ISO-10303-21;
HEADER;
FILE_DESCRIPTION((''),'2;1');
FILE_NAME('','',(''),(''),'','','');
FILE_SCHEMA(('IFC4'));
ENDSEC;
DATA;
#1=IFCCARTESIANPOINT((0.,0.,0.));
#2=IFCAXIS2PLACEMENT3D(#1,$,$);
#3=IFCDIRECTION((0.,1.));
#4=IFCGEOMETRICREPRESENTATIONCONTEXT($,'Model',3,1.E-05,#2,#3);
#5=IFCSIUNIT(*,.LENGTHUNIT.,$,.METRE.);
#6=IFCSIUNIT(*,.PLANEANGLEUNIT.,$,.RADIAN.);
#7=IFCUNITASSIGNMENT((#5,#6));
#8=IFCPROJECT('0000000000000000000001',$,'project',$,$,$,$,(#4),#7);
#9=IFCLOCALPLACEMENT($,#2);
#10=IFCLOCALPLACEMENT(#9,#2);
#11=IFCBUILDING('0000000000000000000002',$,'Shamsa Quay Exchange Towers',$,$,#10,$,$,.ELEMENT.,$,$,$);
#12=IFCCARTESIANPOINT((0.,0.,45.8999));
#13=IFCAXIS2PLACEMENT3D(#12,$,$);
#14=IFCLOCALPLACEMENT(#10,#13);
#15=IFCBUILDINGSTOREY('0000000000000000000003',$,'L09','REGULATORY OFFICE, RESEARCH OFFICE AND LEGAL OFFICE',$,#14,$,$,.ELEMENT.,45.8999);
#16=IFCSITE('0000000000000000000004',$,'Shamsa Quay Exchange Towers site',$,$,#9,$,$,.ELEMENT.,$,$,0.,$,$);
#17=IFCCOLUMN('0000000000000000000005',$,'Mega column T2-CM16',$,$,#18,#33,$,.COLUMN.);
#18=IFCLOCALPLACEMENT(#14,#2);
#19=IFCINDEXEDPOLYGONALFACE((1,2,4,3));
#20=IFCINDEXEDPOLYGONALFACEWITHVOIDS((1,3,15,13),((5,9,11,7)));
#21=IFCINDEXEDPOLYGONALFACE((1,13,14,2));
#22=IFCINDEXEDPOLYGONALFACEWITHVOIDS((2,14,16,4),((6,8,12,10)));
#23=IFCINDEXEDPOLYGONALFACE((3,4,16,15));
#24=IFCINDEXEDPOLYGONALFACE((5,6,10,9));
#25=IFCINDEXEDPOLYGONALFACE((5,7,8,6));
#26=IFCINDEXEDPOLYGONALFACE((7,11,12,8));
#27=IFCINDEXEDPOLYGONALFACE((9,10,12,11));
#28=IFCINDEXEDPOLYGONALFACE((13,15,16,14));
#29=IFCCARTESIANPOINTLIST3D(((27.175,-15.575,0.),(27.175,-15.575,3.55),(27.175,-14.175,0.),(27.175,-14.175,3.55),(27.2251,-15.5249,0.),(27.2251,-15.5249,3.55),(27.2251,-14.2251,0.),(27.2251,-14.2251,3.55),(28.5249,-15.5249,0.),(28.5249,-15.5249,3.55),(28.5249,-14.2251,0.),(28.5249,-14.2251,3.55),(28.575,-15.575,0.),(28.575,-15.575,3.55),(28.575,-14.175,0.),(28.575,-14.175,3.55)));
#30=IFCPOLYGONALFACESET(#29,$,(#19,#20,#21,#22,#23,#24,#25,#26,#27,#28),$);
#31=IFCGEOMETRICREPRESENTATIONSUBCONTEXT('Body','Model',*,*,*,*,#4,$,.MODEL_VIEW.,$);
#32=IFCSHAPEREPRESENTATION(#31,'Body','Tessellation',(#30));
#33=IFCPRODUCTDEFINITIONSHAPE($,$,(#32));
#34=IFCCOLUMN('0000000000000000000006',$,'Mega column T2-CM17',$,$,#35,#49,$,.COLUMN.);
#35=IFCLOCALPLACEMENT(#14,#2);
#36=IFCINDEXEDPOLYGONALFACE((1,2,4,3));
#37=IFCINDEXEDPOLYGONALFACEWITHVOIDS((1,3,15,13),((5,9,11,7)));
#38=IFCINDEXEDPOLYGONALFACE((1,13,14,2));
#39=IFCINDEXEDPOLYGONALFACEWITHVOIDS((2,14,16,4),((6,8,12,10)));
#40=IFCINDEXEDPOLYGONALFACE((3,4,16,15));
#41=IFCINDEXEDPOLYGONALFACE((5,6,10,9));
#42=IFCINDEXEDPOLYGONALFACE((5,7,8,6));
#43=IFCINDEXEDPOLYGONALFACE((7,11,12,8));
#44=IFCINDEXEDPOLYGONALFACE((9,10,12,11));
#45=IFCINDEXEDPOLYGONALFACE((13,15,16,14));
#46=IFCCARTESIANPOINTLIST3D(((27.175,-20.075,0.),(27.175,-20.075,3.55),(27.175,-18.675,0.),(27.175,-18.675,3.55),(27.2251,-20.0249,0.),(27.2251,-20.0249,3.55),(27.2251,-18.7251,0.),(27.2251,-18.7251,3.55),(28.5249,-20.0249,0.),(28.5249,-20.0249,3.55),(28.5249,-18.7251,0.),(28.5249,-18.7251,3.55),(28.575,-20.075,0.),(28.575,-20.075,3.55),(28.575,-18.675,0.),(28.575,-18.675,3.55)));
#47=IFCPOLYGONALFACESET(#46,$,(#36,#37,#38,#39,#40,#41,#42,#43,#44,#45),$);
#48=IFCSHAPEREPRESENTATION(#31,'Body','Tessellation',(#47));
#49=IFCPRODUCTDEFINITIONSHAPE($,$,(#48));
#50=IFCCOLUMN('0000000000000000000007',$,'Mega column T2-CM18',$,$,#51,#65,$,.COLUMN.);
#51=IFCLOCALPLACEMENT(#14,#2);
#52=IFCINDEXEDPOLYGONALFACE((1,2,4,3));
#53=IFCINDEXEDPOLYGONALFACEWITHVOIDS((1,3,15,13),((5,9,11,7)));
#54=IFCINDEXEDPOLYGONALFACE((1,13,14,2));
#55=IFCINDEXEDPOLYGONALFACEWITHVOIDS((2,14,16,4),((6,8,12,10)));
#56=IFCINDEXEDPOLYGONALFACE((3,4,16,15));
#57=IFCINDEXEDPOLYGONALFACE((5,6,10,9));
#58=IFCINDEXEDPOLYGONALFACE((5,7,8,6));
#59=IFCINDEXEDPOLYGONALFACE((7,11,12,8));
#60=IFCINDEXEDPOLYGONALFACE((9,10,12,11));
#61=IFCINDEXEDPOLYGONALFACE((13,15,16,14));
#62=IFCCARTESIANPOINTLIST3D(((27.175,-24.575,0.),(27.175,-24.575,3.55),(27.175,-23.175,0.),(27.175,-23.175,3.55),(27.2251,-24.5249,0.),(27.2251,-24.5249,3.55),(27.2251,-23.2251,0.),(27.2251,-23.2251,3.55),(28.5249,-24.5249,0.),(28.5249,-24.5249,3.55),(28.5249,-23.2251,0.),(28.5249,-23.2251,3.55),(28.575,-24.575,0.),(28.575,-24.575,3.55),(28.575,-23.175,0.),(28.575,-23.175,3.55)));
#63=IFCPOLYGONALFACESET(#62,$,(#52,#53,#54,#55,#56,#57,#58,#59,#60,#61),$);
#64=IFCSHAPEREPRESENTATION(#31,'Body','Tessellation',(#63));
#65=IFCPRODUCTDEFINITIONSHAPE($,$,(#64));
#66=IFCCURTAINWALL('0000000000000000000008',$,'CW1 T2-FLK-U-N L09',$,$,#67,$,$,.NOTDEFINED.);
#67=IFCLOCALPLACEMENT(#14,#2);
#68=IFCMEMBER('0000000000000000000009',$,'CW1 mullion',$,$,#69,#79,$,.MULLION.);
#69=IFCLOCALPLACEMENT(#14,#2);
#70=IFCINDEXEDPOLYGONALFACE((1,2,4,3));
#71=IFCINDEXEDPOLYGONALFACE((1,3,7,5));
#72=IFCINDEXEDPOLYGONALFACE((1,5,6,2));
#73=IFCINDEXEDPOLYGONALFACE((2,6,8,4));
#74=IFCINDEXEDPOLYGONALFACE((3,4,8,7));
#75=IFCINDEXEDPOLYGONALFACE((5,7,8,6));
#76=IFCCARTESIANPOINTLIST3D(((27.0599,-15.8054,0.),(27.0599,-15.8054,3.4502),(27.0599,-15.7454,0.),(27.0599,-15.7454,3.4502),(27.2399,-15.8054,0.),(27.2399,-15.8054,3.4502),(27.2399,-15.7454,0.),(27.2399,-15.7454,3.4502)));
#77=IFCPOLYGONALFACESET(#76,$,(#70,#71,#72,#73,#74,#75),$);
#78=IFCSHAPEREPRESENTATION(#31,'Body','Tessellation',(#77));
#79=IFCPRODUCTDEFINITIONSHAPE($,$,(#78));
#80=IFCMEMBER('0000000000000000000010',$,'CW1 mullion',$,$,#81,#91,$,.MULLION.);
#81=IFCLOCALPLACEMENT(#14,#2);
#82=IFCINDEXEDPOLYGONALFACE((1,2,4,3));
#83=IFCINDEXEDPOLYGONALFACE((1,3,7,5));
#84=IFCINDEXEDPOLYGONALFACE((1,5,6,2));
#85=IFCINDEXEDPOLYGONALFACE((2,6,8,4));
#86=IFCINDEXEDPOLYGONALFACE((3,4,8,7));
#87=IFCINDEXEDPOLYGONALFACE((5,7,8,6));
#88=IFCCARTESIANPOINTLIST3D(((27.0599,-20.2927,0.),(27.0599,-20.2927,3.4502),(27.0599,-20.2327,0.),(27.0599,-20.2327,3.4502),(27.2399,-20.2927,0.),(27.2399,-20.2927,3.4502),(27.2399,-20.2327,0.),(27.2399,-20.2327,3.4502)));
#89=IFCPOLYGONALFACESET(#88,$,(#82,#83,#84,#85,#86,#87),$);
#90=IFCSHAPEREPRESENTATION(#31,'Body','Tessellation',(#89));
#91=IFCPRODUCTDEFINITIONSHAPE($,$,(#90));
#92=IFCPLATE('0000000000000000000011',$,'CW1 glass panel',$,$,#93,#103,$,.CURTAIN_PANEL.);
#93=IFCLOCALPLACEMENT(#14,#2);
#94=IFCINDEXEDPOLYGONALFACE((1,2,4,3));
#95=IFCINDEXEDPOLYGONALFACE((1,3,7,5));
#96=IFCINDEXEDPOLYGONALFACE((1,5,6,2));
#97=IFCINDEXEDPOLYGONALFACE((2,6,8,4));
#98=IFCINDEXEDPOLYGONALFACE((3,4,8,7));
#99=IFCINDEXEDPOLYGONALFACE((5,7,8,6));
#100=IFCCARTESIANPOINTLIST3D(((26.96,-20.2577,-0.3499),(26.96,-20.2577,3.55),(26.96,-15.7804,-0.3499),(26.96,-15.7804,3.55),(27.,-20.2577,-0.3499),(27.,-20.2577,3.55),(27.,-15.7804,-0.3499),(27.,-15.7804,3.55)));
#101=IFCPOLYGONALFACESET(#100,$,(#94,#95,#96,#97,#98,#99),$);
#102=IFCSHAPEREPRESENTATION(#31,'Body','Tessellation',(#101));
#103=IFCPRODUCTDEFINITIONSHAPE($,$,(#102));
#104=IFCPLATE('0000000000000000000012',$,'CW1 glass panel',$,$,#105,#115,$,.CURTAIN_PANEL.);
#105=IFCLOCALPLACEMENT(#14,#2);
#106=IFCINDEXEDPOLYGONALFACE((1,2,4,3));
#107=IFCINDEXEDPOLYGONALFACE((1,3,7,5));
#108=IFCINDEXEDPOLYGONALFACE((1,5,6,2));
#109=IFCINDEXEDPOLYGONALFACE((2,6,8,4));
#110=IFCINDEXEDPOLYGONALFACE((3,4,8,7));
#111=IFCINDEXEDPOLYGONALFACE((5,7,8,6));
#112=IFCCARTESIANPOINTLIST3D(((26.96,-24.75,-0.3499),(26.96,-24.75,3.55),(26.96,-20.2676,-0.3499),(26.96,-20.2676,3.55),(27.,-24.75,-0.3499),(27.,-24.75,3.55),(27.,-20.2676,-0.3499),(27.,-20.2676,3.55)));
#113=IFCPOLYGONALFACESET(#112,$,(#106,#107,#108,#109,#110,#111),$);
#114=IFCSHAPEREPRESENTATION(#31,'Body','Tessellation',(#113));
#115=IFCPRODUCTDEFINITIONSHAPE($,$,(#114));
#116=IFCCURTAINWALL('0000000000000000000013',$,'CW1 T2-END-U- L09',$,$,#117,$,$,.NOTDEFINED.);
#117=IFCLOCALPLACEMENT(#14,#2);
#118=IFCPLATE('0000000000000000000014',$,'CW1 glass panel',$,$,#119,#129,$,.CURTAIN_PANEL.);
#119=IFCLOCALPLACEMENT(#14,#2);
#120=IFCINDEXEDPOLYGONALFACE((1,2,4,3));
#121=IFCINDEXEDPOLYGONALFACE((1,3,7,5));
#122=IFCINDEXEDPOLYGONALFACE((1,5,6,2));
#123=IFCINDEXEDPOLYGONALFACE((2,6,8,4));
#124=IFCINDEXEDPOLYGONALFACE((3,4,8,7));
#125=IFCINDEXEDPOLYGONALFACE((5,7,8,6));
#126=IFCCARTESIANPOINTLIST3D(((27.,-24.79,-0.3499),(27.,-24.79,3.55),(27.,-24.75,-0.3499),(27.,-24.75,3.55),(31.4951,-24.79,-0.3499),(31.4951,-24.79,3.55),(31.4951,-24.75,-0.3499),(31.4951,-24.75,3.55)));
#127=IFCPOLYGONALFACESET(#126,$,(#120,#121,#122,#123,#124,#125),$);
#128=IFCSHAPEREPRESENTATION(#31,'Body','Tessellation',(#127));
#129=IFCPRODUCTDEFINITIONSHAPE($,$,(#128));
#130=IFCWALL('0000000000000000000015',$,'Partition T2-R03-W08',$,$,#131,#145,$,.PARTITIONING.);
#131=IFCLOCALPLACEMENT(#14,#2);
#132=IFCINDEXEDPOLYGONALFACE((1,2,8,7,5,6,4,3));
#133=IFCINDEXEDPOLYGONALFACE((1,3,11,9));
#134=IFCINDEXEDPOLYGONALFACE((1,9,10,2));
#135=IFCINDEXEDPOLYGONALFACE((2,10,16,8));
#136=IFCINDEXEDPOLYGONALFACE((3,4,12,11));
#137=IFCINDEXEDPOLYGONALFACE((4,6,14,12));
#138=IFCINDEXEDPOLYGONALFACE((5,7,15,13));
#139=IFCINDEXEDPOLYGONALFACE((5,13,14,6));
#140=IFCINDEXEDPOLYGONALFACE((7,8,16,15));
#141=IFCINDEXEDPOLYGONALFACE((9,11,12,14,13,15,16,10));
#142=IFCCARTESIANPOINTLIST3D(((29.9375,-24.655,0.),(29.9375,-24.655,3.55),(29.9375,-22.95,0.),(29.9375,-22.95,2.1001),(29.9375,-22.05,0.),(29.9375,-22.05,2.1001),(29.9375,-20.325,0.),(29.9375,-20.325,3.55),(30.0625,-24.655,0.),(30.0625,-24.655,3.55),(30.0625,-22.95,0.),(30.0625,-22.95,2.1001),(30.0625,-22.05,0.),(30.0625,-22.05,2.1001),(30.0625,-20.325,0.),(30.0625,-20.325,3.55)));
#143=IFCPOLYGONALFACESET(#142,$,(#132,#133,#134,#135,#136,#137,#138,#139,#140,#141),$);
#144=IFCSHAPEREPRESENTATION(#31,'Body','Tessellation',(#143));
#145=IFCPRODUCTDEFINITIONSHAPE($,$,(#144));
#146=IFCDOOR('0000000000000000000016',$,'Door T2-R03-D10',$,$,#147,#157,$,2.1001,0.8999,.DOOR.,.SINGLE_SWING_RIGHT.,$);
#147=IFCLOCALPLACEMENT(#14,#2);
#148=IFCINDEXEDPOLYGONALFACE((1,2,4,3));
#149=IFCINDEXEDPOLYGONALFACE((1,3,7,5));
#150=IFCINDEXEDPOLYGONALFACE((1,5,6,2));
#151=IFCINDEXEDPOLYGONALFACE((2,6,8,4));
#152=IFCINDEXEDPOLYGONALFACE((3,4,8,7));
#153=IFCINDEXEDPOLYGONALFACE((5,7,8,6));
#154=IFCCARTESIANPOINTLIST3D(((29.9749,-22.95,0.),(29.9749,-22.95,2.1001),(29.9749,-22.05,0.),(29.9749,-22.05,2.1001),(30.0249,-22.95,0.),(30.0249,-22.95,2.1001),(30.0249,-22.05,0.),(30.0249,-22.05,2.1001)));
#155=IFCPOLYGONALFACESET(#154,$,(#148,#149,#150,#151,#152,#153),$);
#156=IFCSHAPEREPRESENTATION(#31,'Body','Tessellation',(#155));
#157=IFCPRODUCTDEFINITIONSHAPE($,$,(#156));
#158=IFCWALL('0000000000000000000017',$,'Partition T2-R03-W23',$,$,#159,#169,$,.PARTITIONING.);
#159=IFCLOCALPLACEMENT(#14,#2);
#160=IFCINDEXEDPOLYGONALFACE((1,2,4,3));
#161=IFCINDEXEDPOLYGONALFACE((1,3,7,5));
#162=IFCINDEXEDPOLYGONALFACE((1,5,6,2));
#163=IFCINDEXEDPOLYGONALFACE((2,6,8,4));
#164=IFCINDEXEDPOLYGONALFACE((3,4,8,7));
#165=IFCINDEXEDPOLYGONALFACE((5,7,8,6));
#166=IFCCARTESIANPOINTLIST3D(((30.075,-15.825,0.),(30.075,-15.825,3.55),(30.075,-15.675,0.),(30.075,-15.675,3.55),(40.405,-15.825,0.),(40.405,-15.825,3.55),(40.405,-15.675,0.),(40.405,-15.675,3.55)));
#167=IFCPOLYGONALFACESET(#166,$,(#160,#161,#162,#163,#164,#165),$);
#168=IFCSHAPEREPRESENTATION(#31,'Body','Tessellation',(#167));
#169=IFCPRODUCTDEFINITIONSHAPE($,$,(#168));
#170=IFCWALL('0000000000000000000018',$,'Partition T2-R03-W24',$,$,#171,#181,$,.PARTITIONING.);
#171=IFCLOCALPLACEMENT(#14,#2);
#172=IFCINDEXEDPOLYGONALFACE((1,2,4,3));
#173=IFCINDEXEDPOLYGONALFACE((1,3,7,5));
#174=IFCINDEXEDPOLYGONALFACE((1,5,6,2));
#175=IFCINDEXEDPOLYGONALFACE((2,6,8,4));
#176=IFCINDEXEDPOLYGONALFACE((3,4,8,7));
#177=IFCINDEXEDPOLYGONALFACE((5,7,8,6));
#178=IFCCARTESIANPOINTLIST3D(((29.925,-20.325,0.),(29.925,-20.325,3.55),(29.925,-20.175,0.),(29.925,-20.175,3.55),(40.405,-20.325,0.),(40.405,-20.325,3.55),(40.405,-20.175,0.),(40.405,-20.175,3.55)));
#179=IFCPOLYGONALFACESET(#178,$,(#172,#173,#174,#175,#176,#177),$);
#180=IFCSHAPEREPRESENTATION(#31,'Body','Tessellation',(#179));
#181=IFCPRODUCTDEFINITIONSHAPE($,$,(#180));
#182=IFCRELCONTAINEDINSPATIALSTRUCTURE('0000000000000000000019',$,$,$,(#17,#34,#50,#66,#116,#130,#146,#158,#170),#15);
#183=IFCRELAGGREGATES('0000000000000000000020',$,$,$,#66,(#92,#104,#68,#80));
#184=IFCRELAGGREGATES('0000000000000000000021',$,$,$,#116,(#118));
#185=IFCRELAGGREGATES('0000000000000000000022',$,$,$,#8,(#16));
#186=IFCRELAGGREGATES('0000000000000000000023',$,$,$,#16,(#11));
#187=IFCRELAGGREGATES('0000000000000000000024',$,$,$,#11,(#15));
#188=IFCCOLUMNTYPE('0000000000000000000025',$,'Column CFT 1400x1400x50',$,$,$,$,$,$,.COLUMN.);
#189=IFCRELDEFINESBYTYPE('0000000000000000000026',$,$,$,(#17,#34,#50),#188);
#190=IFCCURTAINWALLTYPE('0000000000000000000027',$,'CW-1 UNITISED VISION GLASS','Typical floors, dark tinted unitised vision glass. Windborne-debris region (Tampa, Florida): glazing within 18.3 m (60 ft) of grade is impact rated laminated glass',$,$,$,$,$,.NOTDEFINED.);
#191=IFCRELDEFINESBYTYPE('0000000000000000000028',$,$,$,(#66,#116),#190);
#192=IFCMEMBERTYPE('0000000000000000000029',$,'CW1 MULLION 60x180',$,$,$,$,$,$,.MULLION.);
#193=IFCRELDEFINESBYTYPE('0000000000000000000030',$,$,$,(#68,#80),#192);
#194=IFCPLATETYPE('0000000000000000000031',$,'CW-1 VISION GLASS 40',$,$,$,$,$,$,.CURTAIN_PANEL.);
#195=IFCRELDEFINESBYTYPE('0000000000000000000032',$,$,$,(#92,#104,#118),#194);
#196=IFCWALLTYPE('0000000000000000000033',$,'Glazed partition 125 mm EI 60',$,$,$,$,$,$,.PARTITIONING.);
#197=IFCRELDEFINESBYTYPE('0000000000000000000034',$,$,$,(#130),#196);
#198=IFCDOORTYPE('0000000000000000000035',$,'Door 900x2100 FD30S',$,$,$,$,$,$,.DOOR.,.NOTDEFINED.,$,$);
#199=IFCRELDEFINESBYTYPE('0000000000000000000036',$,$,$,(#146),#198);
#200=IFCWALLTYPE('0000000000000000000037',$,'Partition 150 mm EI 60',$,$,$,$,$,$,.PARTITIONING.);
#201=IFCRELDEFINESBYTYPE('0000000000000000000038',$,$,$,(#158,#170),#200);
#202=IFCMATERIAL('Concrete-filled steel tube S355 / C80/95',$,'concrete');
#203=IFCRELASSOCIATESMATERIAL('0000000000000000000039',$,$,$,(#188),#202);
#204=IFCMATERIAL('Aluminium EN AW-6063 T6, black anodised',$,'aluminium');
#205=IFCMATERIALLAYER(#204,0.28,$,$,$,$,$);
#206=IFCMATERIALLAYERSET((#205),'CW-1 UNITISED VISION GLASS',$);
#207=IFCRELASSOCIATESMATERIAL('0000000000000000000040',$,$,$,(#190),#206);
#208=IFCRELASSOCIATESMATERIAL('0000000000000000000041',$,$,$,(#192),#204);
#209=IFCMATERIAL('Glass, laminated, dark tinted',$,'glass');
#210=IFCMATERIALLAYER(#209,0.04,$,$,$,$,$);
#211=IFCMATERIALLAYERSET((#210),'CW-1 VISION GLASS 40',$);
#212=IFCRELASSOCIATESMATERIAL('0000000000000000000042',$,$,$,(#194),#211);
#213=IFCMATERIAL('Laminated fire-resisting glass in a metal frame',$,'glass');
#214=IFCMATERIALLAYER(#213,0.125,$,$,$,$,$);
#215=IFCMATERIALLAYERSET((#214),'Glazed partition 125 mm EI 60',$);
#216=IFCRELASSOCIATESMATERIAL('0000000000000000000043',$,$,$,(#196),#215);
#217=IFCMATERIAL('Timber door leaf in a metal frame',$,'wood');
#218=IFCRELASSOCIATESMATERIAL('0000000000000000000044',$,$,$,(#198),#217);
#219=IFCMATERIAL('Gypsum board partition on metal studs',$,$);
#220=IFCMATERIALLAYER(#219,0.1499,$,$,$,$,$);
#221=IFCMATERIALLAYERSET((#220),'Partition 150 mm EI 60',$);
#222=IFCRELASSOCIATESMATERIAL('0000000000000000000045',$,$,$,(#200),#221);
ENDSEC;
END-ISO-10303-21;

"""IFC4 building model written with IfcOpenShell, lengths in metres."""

from ifc_helpers import new_model, si_unit, direction, frame, frame_2d, origin, origin_2d, place, context, subcontext, project, spatial, rectangle, hollow_rectangle, extrude, material, layer, layer_set, material_profile, profile_set, type_object, element, fill, aggregate, save


model = new_model("IFC4")

# Units and contexts
model_context = context("Model", 3, precision=1e-05, world=origin(), true_north=direction((0.0, 1.0)))
body_context = subcontext(model_context, "Body", "Model", "MODEL_VIEW")
ifc_project = project(units=[si_unit("LENGTHUNIT", "METRE"), si_unit("PLANEANGLEUNIT", "RADIAN")], contexts=[model_context])

# Site, building, storey
site_placement = place(None, origin())
site = spatial("IfcSite", under=ifc_project, at=site_placement, Name="Shamsa Quay Exchange Towers site", CompositionType="ELEMENT", RefElevation=0.0)
building_placement = place(site_placement, origin())
building = spatial("IfcBuilding", under=site, at=building_placement, Name="Shamsa Quay Exchange Towers", CompositionType="ELEMENT")
storey_placement = place(building_placement, frame((0.0, 0.0, 45.8999)))
storey = spatial("IfcBuildingStorey", under=building, at=storey_placement, Name="L09", Description="REGULATORY OFFICE, RESEARCH OFFICE AND LEGAL OFFICE", CompositionType="ELEMENT", Elevation=45.8999)

# Columns
ifc_material_1 = material(Name="Concrete-filled steel tube S355 / C80/95", Category="concrete")
ifc_material_profile_1 = material_profile(ifc_material_1, hollow_rectangle(XDim=1.3999, YDim=1.3999, WallThickness=0.05, at=origin_2d()), Name="CFT 1400x1400x50")
ifc_profile_set_1 = profile_set([ifc_material_profile_1], Name="Concrete-filled steel tube S355 / C80/95")
column_type = type_object("IfcColumnType", Name="Column CFT 1400x1400x50", PredefinedType="COLUMN", material=ifc_profile_set_1)
for number, where, name in (
    (1, (27.875, -14.875, 0.0), "Mega column T2-CM16"),
    (2, (27.875, -19.375, 0.0), "Mega column T2-CM17"),
    (3, (27.875, -23.875, 0.0), "Mega column T2-CM18"),
):
    element("IfcColumn", number, at=place(storey_placement, frame(where)), inside=storey, type_object=column_type, Name=name, PredefinedType="COLUMN", context=body_context, shape_type="SweptSolid", body=[
        extrude(hollow_rectangle(XDim=1.3999, YDim=1.3999, WallThickness=0.05, at=origin_2d()), origin(), (0.0, 0.0, 1.0), 3.55),
    ])

# Curtain wall, members, plates
ifc_material_2 = material(Name="Aluminium EN AW-6063 T6, black anodised", Category="aluminium")
ifc_layer_1 = layer(ifc_material_2, 0.28)
ifc_layer_set_1 = layer_set([ifc_layer_1], Name="CW-1 UNITISED VISION GLASS")
curtain_wall_type = type_object("IfcCurtainWallType", Name="CW-1 UNITISED VISION GLASS", Description="Typical floors, dark tinted unitised vision glass. Windborne-debris region (Tampa, Florida): glazing within 18.3 m (60 ft) of grade is impact rated laminated glass", PredefinedType="NOTDEFINED", material=ifc_layer_set_1)
curtain_wall_1_placement = place(storey_placement, origin())
curtain_wall_1 = element("IfcCurtainWall", 4, at=curtain_wall_1_placement, inside=storey, type_object=curtain_wall_type, Name="CW1 T2-FLK-U-N L09", PredefinedType="NOTDEFINED")
ifc_material_profile_2 = material_profile(ifc_material_2, rectangle(XDim=0.1799, YDim=0.0601, at=origin_2d()), Name="MU60x180")
ifc_profile_set_2 = profile_set([ifc_material_profile_2], Name="Aluminium EN AW-6063 T6, black anodised")
member_type = type_object("IfcMemberType", Name="CW1 MULLION 60x180", PredefinedType="MULLION", material=ifc_profile_set_2)
member_1_placement = place(storey_placement, frame((27.1499, -15.7754, 0.0)))
member_1 = element("IfcMember", 5, at=member_1_placement, type_object=member_type, Name="CW1 mullion", PredefinedType="MULLION", context=body_context, shape_type="SweptSolid", body=[
    extrude(rectangle(XDim=0.1799, YDim=0.0601, at=origin_2d()), origin(), (0.0, 0.0, 1.0), 3.4502),
])
member_2_placement = place(storey_placement, frame((27.1499, -20.2627, 0.0)))
member_2 = element("IfcMember", 6, at=member_2_placement, type_object=member_type, Name="CW1 mullion", PredefinedType="MULLION", context=body_context, shape_type="SweptSolid", body=[
    extrude(rectangle(XDim=0.1799, YDim=0.0601, at=origin_2d()), origin(), (0.0, 0.0, 1.0), 3.4502),
])
ifc_material_3 = material(Name="Glass, laminated, dark tinted", Category="glass")
ifc_layer_2 = layer(ifc_material_3, 0.04)
ifc_layer_set_2 = layer_set([ifc_layer_2], Name="CW-1 VISION GLASS 40")
plate_type = type_object("IfcPlateType", Name="CW-1 VISION GLASS 40", PredefinedType="CURTAIN_PANEL", material=ifc_layer_set_2)
plate_1_placement = place(storey_placement, frame((26.98, -18.019, -0.3499), z_axis=(0.0, 0.0, 1.0), x_axis=(0.0, -1.0, 0.0)))
plate_1 = element("IfcPlate", 7, at=plate_1_placement, type_object=plate_type, Name="CW1 glass panel", PredefinedType="CURTAIN_PANEL", context=body_context, shape_type="SweptSolid", body=[
    extrude(rectangle(XDim=4.4773, YDim=0.04, at=origin_2d()), origin(), (0.0, 0.0, 1.0), 3.8999),
])
plate_2_placement = place(storey_placement, frame((26.98, -22.5088, -0.3499), z_axis=(0.0, 0.0, 1.0), x_axis=(0.0, -1.0, 0.0)))
plate_2 = element("IfcPlate", 8, at=plate_2_placement, type_object=plate_type, Name="CW1 glass panel", PredefinedType="CURTAIN_PANEL", context=body_context, shape_type="SweptSolid", body=[
    extrude(rectangle(XDim=4.4824, YDim=0.04, at=origin_2d()), origin(), (0.0, 0.0, 1.0), 3.8999),
])
aggregate(curtain_wall_1, [plate_1, plate_2, member_1, member_2])

# Curtain wall, plate
curtain_wall_2_placement = place(storey_placement, origin())
curtain_wall_2 = element("IfcCurtainWall", 9, at=curtain_wall_2_placement, inside=storey, type_object=curtain_wall_type, Name="CW1 T2-END-U- L09", PredefinedType="NOTDEFINED")
plate_3_placement = place(storey_placement, frame((29.2476, -24.77, -0.3499)))
plate_3 = element("IfcPlate", 10, at=plate_3_placement, type_object=plate_type, Name="CW1 glass panel", PredefinedType="CURTAIN_PANEL", context=body_context, shape_type="SweptSolid", body=[
    extrude(rectangle(XDim=4.4951, YDim=0.04, at=origin_2d()), origin(), (0.0, 0.0, 1.0), 3.8999),
])
aggregate(curtain_wall_2, [plate_3])

# Wall, opening, door
ifc_material_4 = material(Name="Laminated fire-resisting glass in a metal frame", Category="glass")
ifc_layer_3 = layer(ifc_material_4, 0.125)
ifc_layer_set_3 = layer_set([ifc_layer_3], Name="Glazed partition 125 mm EI 60")
wall_type_1 = type_object("IfcWallType", Name="Glazed partition 125 mm EI 60", PredefinedType="PARTITIONING", material=ifc_layer_set_3)
wall_1_placement = place(storey_placement, frame((30.0, -20.325, 0.0), z_axis=(0.0, 0.0, 1.0), x_axis=(0.0, -1.0, 0.0)))
wall_1 = element("IfcWall", 11, at=wall_1_placement, inside=storey, type_object=wall_type_1, Name="Partition T2-R03-W08", PredefinedType="PARTITIONING", context=body_context, shape_type="SweptSolid", body=[
    extrude(rectangle(XDim=4.3301, YDim=0.125, at=frame_2d((2.165, 0.0))), origin(), (0.0, 0.0, 1.0), 3.55),
])
opening_placement = place(wall_1_placement, frame((1.7251, 0.0, 0.0)))
opening = element("IfcOpeningElement", 12, at=opening_placement, cuts=wall_1, PredefinedType="OPENING", context=body_context, shape_type="SweptSolid", body=[
    extrude(rectangle(XDim=0.8999, YDim=2.1001, at=frame_2d((0.45, 1.05))), frame((0.0, 0.0725, 0.0), z_axis=(0.0, -1.0, 0.0), x_axis=(1.0, 0.0, 0.0)), (0.0, 0.0, 1.0), 0.145),
])
ifc_material_5 = material(Name="Timber door leaf in a metal frame", Category="wood")
door_type = type_object("IfcDoorType", Name="Door 900x2100 FD30S", OperationType="NOTDEFINED", PredefinedType="DOOR", material=ifc_material_5)
door_placement = place(opening_placement, origin())
door = element("IfcDoor", 13, at=door_placement, inside=storey, type_object=door_type, Name="Door T2-R03-D10", OperationType="SINGLE_SWING_RIGHT", OverallHeight=2.1001, OverallWidth=0.8999, PredefinedType="DOOR", context=body_context, shape_type="SweptSolid", body=[
    extrude(rectangle(XDim=0.8999, YDim=2.1001, at=frame_2d((0.45, 1.05))), frame((0.0, 0.0249, 0.0), z_axis=(0.0, -1.0, 0.0), x_axis=(1.0, 0.0, 0.0)), (0.0, 0.0, 1.0), 0.05),
])
fill(opening, door)

# Walls
ifc_material_6 = material(Name="Gypsum board partition on metal studs")
ifc_layer_4 = layer(ifc_material_6, 0.1499)
ifc_layer_set_4 = layer_set([ifc_layer_4], Name="Partition 150 mm EI 60")
wall_type_2 = type_object("IfcWallType", Name="Partition 150 mm EI 60", PredefinedType="PARTITIONING", material=ifc_layer_set_4)
wall_2_placement = place(storey_placement, frame((30.075, -15.75, 0.0)))
element("IfcWall", 14, at=wall_2_placement, inside=storey, type_object=wall_type_2, Name="Partition T2-R03-W23", PredefinedType="PARTITIONING", context=body_context, shape_type="SweptSolid", body=[
    extrude(rectangle(XDim=10.3301, YDim=0.1499, at=frame_2d((5.165, 0.0))), origin(), (0.0, 0.0, 1.0), 3.55),
])
wall_3_placement = place(storey_placement, frame((29.925, -20.25, 0.0)))
element("IfcWall", 15, at=wall_3_placement, inside=storey, type_object=wall_type_2, Name="Partition T2-R03-W24", PredefinedType="PARTITIONING", context=body_context, shape_type="SweptSolid", body=[
    extrude(rectangle(XDim=10.48, YDim=0.1499, at=frame_2d((5.24, 0.0))), origin(), (0.0, 0.0, 1.0), 3.55),
])

save(model, "model.ifc")
